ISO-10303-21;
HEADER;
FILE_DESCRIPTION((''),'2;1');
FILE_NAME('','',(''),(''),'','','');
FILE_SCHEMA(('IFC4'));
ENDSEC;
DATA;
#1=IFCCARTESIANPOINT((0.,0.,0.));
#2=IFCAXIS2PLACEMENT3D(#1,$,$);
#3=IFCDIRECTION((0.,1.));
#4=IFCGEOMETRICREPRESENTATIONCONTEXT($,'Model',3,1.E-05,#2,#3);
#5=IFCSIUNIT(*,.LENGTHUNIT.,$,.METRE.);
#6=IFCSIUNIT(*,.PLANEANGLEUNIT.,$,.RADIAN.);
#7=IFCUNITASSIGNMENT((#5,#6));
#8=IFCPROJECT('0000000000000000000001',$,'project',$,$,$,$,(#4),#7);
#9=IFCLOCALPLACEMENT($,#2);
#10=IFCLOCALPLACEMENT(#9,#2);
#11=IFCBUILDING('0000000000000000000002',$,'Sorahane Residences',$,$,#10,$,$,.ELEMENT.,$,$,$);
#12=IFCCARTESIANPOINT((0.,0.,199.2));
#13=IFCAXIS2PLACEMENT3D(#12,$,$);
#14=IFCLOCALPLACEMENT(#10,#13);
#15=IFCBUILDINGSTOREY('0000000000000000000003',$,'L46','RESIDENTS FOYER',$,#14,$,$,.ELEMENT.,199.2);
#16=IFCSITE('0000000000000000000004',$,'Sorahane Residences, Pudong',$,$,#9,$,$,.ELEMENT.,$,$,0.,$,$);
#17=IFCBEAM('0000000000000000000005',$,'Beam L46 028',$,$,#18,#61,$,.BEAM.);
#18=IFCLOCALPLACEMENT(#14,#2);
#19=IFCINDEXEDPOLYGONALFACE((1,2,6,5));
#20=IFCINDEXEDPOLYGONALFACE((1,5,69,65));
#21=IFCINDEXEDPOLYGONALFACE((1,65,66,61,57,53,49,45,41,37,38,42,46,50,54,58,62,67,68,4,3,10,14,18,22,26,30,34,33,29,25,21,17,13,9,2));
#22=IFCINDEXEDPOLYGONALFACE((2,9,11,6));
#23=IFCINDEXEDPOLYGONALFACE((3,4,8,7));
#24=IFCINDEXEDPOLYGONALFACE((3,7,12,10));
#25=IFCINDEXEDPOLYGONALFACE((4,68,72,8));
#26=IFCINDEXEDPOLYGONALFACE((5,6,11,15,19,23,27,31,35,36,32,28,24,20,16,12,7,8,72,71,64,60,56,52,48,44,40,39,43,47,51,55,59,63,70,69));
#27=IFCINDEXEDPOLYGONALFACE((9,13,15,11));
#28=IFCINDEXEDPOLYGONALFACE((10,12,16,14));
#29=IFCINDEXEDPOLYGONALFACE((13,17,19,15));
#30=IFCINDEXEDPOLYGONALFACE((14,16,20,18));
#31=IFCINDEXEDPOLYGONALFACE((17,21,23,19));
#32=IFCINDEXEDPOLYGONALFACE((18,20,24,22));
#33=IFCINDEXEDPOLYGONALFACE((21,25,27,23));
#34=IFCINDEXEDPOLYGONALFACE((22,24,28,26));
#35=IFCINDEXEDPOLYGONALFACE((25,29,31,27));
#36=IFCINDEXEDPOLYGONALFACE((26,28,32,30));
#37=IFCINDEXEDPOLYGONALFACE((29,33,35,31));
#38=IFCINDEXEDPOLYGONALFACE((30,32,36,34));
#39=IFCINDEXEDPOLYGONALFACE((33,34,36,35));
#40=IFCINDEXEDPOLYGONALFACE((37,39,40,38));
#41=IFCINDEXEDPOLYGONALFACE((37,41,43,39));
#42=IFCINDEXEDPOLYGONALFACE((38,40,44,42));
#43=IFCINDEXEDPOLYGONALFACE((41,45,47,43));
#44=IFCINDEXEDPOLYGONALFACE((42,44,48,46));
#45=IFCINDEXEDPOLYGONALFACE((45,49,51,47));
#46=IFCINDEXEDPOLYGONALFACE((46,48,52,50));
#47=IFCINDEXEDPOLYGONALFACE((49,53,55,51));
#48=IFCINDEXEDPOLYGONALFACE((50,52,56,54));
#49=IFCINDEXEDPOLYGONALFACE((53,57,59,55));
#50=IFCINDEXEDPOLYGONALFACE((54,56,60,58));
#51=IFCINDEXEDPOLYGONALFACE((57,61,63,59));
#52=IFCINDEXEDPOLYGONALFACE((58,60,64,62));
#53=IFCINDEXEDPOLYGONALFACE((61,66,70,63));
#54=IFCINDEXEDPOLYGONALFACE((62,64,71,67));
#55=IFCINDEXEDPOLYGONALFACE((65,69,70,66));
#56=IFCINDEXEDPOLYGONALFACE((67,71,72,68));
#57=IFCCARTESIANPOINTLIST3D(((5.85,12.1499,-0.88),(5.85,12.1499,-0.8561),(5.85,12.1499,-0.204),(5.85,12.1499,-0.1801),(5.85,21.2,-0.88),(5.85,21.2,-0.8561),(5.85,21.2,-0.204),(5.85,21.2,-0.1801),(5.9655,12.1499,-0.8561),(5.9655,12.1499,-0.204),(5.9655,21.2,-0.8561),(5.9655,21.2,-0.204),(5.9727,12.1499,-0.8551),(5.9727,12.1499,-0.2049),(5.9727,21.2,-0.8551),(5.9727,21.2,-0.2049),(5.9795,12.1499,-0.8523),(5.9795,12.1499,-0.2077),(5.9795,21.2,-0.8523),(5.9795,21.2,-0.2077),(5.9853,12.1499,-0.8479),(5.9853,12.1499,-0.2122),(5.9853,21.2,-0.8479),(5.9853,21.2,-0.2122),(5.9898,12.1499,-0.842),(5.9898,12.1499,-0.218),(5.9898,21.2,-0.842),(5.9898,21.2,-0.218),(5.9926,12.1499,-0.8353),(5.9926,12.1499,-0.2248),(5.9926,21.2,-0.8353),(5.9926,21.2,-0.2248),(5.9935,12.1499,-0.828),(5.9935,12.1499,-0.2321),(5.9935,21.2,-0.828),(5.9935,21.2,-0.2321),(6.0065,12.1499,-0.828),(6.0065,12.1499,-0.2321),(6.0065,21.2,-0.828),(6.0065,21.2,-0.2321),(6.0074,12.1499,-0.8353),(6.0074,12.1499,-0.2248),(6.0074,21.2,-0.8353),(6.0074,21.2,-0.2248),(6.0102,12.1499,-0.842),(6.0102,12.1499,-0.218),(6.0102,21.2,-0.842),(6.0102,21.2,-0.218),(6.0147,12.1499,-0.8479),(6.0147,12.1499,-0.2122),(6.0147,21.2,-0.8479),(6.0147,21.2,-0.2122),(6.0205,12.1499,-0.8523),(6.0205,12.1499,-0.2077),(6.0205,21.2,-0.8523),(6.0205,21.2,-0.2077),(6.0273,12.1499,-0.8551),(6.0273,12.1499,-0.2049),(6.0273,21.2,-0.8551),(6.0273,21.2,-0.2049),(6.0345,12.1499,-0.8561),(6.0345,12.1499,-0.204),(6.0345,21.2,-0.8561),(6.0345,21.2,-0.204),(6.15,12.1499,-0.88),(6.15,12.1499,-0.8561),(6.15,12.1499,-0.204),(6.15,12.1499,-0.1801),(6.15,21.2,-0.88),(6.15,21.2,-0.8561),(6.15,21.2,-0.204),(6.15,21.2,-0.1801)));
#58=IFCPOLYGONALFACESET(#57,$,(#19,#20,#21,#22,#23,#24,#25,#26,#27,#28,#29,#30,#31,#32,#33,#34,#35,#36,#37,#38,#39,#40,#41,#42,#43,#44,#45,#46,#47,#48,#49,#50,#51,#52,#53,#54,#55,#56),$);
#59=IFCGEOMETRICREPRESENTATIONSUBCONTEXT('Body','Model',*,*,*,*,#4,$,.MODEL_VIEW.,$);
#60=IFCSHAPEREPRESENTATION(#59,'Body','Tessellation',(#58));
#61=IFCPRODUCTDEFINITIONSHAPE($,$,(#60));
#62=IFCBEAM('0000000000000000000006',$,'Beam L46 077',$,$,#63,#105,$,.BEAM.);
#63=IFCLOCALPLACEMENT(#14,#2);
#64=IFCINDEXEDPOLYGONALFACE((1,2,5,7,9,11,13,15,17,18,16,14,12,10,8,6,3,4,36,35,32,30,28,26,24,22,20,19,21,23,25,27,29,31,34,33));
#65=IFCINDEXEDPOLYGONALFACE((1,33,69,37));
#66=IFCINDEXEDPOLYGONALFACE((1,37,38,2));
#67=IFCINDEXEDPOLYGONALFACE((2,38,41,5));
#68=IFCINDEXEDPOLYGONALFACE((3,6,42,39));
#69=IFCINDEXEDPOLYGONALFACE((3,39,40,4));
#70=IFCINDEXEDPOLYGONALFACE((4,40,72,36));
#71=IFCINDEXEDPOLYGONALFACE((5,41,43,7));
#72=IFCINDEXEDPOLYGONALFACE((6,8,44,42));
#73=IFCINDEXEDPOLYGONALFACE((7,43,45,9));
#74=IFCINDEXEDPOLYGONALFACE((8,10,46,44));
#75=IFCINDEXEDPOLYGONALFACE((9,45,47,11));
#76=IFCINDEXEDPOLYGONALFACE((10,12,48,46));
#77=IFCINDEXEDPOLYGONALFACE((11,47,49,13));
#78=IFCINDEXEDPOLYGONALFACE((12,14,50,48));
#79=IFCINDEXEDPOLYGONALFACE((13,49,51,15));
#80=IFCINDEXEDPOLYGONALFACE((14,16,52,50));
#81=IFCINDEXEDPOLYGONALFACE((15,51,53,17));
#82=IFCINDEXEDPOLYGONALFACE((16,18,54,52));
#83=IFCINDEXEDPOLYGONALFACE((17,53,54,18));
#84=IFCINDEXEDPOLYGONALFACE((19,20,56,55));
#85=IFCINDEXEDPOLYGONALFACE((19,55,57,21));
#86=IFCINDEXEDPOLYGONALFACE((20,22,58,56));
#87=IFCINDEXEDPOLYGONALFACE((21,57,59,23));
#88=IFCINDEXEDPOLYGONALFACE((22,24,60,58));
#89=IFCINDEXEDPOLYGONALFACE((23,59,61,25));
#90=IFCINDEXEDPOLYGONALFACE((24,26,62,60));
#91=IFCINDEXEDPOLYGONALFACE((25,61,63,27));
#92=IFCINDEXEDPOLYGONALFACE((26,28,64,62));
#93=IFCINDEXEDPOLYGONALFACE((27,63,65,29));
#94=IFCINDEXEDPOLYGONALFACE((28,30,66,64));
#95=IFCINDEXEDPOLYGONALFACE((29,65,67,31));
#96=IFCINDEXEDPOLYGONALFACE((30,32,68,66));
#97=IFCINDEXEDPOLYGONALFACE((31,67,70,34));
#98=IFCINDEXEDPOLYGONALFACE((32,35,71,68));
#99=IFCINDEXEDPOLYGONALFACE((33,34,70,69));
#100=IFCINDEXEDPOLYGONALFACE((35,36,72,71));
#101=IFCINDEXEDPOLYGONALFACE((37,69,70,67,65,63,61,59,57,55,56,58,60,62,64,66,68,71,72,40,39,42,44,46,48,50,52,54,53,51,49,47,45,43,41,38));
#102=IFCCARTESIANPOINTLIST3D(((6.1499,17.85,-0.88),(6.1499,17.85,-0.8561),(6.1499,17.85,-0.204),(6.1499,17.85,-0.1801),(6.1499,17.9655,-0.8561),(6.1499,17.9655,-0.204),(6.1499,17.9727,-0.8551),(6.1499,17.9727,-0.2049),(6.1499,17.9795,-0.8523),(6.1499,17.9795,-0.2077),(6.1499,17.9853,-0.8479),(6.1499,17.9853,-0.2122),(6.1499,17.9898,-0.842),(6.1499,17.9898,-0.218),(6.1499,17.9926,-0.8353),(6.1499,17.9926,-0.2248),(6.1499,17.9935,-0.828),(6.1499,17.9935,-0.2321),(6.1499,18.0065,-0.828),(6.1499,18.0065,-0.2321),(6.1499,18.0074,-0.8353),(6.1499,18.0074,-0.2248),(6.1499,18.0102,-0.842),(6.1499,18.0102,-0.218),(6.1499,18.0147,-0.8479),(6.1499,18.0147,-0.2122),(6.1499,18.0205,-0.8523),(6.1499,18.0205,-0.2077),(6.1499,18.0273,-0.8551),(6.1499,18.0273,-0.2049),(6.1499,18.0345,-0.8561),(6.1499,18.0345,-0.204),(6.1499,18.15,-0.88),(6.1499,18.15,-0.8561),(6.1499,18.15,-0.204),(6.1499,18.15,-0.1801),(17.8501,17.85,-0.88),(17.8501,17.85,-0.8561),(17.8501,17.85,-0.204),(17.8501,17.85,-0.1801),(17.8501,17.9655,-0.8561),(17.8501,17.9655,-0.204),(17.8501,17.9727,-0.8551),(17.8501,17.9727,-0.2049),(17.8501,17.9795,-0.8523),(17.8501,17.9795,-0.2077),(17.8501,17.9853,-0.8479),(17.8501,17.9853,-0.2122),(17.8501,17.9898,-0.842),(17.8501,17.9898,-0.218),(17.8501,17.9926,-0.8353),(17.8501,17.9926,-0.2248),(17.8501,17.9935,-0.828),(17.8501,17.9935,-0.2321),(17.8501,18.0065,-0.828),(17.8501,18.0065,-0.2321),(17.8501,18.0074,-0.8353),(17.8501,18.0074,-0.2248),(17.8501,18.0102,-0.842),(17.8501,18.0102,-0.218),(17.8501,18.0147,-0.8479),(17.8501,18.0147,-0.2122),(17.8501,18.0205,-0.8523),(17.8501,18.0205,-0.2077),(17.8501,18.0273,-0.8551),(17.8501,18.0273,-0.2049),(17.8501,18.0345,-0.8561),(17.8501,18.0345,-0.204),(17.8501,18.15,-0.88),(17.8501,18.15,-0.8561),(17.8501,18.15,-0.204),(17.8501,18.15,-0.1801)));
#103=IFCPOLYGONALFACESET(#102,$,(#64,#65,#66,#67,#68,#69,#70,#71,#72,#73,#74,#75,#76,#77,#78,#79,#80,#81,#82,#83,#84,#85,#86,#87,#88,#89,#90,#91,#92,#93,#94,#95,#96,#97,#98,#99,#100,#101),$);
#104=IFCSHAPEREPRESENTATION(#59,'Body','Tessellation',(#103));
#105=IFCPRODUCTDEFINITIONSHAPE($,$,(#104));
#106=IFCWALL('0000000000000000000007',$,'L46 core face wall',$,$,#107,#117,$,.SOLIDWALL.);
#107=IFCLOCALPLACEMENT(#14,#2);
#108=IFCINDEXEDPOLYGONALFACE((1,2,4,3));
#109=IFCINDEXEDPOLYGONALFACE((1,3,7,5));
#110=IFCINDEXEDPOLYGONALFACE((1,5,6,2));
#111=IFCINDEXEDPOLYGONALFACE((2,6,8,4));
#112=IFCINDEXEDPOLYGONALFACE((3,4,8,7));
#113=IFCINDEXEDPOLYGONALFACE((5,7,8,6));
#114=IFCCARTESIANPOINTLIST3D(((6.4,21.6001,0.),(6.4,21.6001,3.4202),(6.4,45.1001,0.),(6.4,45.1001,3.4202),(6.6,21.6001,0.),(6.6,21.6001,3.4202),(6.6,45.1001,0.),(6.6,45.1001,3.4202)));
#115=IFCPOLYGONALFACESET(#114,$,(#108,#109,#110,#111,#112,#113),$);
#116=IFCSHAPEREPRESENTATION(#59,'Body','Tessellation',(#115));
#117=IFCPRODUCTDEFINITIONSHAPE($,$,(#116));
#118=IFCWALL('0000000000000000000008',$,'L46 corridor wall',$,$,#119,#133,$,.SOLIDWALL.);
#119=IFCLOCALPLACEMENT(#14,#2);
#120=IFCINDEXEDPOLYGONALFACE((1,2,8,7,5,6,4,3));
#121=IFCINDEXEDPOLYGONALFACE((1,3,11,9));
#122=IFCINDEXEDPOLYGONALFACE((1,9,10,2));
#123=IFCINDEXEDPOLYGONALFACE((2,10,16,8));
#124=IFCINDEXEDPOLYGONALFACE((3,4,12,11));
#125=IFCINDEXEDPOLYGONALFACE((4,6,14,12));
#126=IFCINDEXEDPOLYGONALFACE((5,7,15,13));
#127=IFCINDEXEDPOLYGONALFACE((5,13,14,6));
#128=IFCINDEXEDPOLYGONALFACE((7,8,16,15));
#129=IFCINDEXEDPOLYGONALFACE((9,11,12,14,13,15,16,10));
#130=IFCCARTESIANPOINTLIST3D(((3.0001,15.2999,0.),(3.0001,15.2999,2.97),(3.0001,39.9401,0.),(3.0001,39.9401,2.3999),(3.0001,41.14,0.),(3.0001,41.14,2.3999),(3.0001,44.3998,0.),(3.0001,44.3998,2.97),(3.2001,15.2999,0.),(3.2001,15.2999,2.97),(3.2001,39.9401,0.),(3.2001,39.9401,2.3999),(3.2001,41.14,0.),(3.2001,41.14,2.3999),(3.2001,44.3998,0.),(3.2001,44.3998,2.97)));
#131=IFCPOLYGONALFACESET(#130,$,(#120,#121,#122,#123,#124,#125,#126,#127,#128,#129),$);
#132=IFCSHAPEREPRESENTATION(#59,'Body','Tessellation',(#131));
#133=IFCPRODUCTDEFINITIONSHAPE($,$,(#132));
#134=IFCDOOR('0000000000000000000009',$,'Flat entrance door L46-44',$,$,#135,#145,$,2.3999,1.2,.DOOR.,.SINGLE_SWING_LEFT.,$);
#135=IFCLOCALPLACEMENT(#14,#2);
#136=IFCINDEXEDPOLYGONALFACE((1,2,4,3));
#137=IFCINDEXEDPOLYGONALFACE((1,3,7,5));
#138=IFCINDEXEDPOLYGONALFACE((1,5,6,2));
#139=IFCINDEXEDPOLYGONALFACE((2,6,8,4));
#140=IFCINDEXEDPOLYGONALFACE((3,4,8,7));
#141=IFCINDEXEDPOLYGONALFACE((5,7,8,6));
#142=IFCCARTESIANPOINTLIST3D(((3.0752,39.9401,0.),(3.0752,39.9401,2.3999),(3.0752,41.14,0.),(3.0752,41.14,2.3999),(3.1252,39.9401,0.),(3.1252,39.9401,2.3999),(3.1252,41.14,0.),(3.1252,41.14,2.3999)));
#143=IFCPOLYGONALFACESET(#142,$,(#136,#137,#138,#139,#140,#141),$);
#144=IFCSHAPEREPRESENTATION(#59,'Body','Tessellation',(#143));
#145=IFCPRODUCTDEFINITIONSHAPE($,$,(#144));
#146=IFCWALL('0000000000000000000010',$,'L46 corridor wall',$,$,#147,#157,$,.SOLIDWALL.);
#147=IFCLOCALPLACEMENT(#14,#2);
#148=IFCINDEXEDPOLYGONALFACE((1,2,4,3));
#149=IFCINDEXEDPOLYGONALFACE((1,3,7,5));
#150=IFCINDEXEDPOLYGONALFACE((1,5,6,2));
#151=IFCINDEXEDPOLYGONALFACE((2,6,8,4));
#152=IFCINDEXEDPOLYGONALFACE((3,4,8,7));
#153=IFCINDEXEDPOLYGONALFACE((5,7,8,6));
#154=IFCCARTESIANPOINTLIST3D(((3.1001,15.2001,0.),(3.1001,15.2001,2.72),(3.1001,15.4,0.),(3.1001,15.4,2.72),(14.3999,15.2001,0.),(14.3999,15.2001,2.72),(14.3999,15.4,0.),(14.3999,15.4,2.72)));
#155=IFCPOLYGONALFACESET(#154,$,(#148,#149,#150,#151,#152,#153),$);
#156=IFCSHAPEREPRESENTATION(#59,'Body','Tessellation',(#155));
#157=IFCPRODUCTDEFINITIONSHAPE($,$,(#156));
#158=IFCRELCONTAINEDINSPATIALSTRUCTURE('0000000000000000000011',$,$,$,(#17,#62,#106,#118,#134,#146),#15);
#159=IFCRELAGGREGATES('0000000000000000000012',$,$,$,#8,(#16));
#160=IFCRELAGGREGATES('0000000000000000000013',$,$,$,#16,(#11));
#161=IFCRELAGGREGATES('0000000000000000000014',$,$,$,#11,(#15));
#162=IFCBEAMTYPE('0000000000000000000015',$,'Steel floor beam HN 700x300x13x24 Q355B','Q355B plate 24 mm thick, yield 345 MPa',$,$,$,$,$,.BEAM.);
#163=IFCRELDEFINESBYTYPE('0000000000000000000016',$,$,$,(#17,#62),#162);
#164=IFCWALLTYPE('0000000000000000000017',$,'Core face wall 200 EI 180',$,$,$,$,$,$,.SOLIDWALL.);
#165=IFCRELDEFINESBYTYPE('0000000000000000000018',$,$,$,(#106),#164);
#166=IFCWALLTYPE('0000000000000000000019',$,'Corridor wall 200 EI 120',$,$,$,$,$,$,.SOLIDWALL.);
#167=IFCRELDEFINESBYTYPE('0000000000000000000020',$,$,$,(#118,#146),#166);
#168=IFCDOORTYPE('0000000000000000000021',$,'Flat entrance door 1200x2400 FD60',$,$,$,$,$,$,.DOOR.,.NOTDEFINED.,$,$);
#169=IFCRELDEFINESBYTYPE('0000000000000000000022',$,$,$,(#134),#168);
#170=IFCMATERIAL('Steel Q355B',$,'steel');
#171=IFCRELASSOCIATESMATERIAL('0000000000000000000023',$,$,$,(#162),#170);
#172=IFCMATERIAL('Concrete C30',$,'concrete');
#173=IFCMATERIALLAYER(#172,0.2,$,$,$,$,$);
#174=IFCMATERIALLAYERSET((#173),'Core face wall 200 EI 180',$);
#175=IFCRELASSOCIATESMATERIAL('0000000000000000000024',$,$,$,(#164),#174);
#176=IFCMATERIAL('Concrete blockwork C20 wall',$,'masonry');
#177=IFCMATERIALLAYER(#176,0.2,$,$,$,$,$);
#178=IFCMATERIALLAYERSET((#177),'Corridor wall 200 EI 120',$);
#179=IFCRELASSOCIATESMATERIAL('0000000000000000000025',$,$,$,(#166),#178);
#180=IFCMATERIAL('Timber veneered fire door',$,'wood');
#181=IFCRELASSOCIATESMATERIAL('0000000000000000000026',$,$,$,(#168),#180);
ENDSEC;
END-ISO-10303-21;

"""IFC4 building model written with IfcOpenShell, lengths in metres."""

from ifc_helpers import new_model, si_unit, direction, frame, frame_2d, origin, origin_2d, place, context, subcontext, project, spatial, rectangle, i_section, extrude, material, layer, layer_set, material_profile, profile_set, type_object, element, fill, save


model = new_model("IFC4")

# Units and contexts
model_context = context("Model", 3, precision=1e-05, world=origin(), true_north=direction((0.0, 1.0)))
body_context = subcontext(model_context, "Body", "Model", "MODEL_VIEW")
ifc_project = project(units=[si_unit("LENGTHUNIT", "METRE"), si_unit("PLANEANGLEUNIT", "RADIAN")], contexts=[model_context])

# Site, building, storey
site_placement = place(None, origin())
site = spatial("IfcSite", under=ifc_project, at=site_placement, Name="Sorahane Residences, Pudong", CompositionType="ELEMENT", RefElevation=0.0)
building_placement = place(site_placement, origin())
building = spatial("IfcBuilding", under=site, at=building_placement, Name="Sorahane Residences", CompositionType="ELEMENT")
storey_placement = place(building_placement, frame((0.0, 0.0, 199.2)))
storey = spatial("IfcBuildingStorey", under=building, at=storey_placement, Name="L46", Description="RESIDENTS FOYER", CompositionType="ELEMENT", Elevation=199.2)

# Beams
ifc_material_1 = material(Name="Steel Q355B", Category="steel")
ifc_material_profile_1 = material_profile(ifc_material_1, i_section(OverallWidth=0.3, OverallDepth=0.7, WebThickness=0.0129, FlangeThickness=0.0239, FilletRadius=0.0281, at=origin_2d()), Name="HN 700x300x13x24")
ifc_profile_set_1 = profile_set([ifc_material_profile_1], Name="Steel Q355B")
beam_type_1 = type_object("IfcBeamType", Name="Steel floor beam HN 700x300x13x24 Q355B", Description="Q355B plate 24 mm thick, yield 345 MPa", PredefinedType="BEAM", material=ifc_profile_set_1)
beam_1_placement = place(storey_placement, frame((6.0, 12.1499, -0.53), z_axis=(0.0, 1.0, 0.0), x_axis=(-1.0, 0.0, 0.0)))
element("IfcBeam", 1, at=beam_1_placement, inside=storey, type_object=beam_type_1, Name="Beam L46 028", PredefinedType="BEAM", context=body_context, shape_type="SweptSolid", body=[
    extrude(i_section(OverallWidth=0.3, OverallDepth=0.7, WebThickness=0.0129, FlangeThickness=0.0239, FilletRadius=0.0281, at=origin_2d()), origin(), (0.0, 0.0, 1.0), 9.05),
])
beam_2_placement = place(storey_placement, frame((6.1499, 18.0, -0.53), z_axis=(1.0, 0.0, 0.0), x_axis=(0.0, 1.0, 0.0)))
element("IfcBeam", 2, at=beam_2_placement, inside=storey, type_object=beam_type_1, Name="Beam L46 077", PredefinedType="BEAM", context=body_context, shape_type="SweptSolid", body=[
    extrude(i_section(OverallWidth=0.3, OverallDepth=0.7, WebThickness=0.0129, FlangeThickness=0.0239, FilletRadius=0.0281, at=origin_2d()), origin(), (0.0, 0.0, 1.0), 11.7002),
])

# Wall
ifc_material_2 = material(Name="Concrete C30", Category="concrete")
ifc_layer_1 = layer(ifc_material_2, 0.2)
ifc_layer_set_1 = layer_set([ifc_layer_1], Name="Core face wall 200 EI 180")
wall_type_1 = type_object("IfcWallType", Name="Core face wall 200 EI 180", PredefinedType="SOLIDWALL", material=ifc_layer_set_1)
wall_1_placement = place(storey_placement, frame((6.5, 21.6001, 0.0), z_axis=(0.0, 0.0, 1.0), x_axis=(0.0, 1.0, 0.0)))
element("IfcWall", 3, at=wall_1_placement, inside=storey, type_object=wall_type_1, Name="L46 core face wall", PredefinedType="SOLIDWALL", context=body_context, shape_type="SweptSolid", body=[
    extrude(rectangle(XDim=23.5, YDim=0.2, at=frame_2d((11.75, 0.0))), origin(), (0.0, 0.0, 1.0), 3.4202),
])

# Wall, opening, door
ifc_material_3 = material(Name="Concrete blockwork C20 wall", Category="masonry")
ifc_layer_2 = layer(ifc_material_3, 0.2)
ifc_layer_set_2 = layer_set([ifc_layer_2], Name="Corridor wall 200 EI 120")
wall_type_2 = type_object("IfcWallType", Name="Corridor wall 200 EI 120", PredefinedType="SOLIDWALL", material=ifc_layer_set_2)
wall_2_placement = place(storey_placement, frame((3.1001, 15.3, 0.0), z_axis=(0.0, 0.0, 1.0), x_axis=(0.0, 1.0, 0.0)))
wall_2 = element("IfcWall", 4, at=wall_2_placement, inside=storey, type_object=wall_type_2, Name="L46 corridor wall", PredefinedType="SOLIDWALL", context=body_context, shape_type="SweptSolid", body=[
    extrude(rectangle(XDim=29.0999, YDim=0.2, at=frame_2d((14.5498, 0.0))), origin(), (0.0, 0.0, 1.0), 2.97),
])
opening_1_placement = place(wall_2_placement, frame((24.6399, 0.0, 0.0)))
opening_1 = element("IfcOpeningElement", 5, at=opening_1_placement, cuts=wall_2, PredefinedType="OPENING", context=body_context, shape_type="SweptSolid", body=[
    extrude(rectangle(XDim=1.2, YDim=2.3999, at=frame_2d((0.6001, 1.2))), frame((0.0, 0.1099, 0.0), z_axis=(0.0, -1.0, 0.0), x_axis=(1.0, 0.0, 0.0)), (0.0, 0.0, 1.0), 0.22),
])
ifc_material_4 = material(Name="Timber veneered fire door", Category="wood")
door_type_1 = type_object("IfcDoorType", Name="Flat entrance door 1200x2400 FD60", OperationType="NOTDEFINED", PredefinedType="DOOR", material=ifc_material_4)
door_1_placement = place(opening_1_placement, origin())
door_1 = element("IfcDoor", 6, at=door_1_placement, inside=storey, type_object=door_type_1, Name="Flat entrance door L46-44", OperationType="SINGLE_SWING_LEFT", OverallHeight=2.3999, OverallWidth=1.2, PredefinedType="DOOR", context=body_context, shape_type="SweptSolid", body=[
    extrude(rectangle(XDim=1.2, YDim=2.3999, at=frame_2d((0.6001, 1.2))), frame((0.0, 0.0249, 0.0), z_axis=(0.0, -1.0, 0.0), x_axis=(1.0, 0.0, 0.0)), (0.0, 0.0, 1.0), 0.05),
])
fill(opening_1, door_1)

# Wall
wall_3_placement = place(storey_placement, frame((3.1001, 15.3, 0.0), z_axis=(0.0, 0.0, 1.0), x_axis=(1.0, 0.0, 0.0)))
element("IfcWall", 7, at=wall_3_placement, inside=storey, type_object=wall_type_2, Name="L46 corridor wall", PredefinedType="SOLIDWALL", context=body_context, shape_type="SweptSolid", body=[
    extrude(rectangle(XDim=11.2998, YDim=0.2, at=frame_2d((5.6499, 0.0))), origin(), (0.0, 0.0, 1.0), 2.72),
])

save(model, "model.ifc")
